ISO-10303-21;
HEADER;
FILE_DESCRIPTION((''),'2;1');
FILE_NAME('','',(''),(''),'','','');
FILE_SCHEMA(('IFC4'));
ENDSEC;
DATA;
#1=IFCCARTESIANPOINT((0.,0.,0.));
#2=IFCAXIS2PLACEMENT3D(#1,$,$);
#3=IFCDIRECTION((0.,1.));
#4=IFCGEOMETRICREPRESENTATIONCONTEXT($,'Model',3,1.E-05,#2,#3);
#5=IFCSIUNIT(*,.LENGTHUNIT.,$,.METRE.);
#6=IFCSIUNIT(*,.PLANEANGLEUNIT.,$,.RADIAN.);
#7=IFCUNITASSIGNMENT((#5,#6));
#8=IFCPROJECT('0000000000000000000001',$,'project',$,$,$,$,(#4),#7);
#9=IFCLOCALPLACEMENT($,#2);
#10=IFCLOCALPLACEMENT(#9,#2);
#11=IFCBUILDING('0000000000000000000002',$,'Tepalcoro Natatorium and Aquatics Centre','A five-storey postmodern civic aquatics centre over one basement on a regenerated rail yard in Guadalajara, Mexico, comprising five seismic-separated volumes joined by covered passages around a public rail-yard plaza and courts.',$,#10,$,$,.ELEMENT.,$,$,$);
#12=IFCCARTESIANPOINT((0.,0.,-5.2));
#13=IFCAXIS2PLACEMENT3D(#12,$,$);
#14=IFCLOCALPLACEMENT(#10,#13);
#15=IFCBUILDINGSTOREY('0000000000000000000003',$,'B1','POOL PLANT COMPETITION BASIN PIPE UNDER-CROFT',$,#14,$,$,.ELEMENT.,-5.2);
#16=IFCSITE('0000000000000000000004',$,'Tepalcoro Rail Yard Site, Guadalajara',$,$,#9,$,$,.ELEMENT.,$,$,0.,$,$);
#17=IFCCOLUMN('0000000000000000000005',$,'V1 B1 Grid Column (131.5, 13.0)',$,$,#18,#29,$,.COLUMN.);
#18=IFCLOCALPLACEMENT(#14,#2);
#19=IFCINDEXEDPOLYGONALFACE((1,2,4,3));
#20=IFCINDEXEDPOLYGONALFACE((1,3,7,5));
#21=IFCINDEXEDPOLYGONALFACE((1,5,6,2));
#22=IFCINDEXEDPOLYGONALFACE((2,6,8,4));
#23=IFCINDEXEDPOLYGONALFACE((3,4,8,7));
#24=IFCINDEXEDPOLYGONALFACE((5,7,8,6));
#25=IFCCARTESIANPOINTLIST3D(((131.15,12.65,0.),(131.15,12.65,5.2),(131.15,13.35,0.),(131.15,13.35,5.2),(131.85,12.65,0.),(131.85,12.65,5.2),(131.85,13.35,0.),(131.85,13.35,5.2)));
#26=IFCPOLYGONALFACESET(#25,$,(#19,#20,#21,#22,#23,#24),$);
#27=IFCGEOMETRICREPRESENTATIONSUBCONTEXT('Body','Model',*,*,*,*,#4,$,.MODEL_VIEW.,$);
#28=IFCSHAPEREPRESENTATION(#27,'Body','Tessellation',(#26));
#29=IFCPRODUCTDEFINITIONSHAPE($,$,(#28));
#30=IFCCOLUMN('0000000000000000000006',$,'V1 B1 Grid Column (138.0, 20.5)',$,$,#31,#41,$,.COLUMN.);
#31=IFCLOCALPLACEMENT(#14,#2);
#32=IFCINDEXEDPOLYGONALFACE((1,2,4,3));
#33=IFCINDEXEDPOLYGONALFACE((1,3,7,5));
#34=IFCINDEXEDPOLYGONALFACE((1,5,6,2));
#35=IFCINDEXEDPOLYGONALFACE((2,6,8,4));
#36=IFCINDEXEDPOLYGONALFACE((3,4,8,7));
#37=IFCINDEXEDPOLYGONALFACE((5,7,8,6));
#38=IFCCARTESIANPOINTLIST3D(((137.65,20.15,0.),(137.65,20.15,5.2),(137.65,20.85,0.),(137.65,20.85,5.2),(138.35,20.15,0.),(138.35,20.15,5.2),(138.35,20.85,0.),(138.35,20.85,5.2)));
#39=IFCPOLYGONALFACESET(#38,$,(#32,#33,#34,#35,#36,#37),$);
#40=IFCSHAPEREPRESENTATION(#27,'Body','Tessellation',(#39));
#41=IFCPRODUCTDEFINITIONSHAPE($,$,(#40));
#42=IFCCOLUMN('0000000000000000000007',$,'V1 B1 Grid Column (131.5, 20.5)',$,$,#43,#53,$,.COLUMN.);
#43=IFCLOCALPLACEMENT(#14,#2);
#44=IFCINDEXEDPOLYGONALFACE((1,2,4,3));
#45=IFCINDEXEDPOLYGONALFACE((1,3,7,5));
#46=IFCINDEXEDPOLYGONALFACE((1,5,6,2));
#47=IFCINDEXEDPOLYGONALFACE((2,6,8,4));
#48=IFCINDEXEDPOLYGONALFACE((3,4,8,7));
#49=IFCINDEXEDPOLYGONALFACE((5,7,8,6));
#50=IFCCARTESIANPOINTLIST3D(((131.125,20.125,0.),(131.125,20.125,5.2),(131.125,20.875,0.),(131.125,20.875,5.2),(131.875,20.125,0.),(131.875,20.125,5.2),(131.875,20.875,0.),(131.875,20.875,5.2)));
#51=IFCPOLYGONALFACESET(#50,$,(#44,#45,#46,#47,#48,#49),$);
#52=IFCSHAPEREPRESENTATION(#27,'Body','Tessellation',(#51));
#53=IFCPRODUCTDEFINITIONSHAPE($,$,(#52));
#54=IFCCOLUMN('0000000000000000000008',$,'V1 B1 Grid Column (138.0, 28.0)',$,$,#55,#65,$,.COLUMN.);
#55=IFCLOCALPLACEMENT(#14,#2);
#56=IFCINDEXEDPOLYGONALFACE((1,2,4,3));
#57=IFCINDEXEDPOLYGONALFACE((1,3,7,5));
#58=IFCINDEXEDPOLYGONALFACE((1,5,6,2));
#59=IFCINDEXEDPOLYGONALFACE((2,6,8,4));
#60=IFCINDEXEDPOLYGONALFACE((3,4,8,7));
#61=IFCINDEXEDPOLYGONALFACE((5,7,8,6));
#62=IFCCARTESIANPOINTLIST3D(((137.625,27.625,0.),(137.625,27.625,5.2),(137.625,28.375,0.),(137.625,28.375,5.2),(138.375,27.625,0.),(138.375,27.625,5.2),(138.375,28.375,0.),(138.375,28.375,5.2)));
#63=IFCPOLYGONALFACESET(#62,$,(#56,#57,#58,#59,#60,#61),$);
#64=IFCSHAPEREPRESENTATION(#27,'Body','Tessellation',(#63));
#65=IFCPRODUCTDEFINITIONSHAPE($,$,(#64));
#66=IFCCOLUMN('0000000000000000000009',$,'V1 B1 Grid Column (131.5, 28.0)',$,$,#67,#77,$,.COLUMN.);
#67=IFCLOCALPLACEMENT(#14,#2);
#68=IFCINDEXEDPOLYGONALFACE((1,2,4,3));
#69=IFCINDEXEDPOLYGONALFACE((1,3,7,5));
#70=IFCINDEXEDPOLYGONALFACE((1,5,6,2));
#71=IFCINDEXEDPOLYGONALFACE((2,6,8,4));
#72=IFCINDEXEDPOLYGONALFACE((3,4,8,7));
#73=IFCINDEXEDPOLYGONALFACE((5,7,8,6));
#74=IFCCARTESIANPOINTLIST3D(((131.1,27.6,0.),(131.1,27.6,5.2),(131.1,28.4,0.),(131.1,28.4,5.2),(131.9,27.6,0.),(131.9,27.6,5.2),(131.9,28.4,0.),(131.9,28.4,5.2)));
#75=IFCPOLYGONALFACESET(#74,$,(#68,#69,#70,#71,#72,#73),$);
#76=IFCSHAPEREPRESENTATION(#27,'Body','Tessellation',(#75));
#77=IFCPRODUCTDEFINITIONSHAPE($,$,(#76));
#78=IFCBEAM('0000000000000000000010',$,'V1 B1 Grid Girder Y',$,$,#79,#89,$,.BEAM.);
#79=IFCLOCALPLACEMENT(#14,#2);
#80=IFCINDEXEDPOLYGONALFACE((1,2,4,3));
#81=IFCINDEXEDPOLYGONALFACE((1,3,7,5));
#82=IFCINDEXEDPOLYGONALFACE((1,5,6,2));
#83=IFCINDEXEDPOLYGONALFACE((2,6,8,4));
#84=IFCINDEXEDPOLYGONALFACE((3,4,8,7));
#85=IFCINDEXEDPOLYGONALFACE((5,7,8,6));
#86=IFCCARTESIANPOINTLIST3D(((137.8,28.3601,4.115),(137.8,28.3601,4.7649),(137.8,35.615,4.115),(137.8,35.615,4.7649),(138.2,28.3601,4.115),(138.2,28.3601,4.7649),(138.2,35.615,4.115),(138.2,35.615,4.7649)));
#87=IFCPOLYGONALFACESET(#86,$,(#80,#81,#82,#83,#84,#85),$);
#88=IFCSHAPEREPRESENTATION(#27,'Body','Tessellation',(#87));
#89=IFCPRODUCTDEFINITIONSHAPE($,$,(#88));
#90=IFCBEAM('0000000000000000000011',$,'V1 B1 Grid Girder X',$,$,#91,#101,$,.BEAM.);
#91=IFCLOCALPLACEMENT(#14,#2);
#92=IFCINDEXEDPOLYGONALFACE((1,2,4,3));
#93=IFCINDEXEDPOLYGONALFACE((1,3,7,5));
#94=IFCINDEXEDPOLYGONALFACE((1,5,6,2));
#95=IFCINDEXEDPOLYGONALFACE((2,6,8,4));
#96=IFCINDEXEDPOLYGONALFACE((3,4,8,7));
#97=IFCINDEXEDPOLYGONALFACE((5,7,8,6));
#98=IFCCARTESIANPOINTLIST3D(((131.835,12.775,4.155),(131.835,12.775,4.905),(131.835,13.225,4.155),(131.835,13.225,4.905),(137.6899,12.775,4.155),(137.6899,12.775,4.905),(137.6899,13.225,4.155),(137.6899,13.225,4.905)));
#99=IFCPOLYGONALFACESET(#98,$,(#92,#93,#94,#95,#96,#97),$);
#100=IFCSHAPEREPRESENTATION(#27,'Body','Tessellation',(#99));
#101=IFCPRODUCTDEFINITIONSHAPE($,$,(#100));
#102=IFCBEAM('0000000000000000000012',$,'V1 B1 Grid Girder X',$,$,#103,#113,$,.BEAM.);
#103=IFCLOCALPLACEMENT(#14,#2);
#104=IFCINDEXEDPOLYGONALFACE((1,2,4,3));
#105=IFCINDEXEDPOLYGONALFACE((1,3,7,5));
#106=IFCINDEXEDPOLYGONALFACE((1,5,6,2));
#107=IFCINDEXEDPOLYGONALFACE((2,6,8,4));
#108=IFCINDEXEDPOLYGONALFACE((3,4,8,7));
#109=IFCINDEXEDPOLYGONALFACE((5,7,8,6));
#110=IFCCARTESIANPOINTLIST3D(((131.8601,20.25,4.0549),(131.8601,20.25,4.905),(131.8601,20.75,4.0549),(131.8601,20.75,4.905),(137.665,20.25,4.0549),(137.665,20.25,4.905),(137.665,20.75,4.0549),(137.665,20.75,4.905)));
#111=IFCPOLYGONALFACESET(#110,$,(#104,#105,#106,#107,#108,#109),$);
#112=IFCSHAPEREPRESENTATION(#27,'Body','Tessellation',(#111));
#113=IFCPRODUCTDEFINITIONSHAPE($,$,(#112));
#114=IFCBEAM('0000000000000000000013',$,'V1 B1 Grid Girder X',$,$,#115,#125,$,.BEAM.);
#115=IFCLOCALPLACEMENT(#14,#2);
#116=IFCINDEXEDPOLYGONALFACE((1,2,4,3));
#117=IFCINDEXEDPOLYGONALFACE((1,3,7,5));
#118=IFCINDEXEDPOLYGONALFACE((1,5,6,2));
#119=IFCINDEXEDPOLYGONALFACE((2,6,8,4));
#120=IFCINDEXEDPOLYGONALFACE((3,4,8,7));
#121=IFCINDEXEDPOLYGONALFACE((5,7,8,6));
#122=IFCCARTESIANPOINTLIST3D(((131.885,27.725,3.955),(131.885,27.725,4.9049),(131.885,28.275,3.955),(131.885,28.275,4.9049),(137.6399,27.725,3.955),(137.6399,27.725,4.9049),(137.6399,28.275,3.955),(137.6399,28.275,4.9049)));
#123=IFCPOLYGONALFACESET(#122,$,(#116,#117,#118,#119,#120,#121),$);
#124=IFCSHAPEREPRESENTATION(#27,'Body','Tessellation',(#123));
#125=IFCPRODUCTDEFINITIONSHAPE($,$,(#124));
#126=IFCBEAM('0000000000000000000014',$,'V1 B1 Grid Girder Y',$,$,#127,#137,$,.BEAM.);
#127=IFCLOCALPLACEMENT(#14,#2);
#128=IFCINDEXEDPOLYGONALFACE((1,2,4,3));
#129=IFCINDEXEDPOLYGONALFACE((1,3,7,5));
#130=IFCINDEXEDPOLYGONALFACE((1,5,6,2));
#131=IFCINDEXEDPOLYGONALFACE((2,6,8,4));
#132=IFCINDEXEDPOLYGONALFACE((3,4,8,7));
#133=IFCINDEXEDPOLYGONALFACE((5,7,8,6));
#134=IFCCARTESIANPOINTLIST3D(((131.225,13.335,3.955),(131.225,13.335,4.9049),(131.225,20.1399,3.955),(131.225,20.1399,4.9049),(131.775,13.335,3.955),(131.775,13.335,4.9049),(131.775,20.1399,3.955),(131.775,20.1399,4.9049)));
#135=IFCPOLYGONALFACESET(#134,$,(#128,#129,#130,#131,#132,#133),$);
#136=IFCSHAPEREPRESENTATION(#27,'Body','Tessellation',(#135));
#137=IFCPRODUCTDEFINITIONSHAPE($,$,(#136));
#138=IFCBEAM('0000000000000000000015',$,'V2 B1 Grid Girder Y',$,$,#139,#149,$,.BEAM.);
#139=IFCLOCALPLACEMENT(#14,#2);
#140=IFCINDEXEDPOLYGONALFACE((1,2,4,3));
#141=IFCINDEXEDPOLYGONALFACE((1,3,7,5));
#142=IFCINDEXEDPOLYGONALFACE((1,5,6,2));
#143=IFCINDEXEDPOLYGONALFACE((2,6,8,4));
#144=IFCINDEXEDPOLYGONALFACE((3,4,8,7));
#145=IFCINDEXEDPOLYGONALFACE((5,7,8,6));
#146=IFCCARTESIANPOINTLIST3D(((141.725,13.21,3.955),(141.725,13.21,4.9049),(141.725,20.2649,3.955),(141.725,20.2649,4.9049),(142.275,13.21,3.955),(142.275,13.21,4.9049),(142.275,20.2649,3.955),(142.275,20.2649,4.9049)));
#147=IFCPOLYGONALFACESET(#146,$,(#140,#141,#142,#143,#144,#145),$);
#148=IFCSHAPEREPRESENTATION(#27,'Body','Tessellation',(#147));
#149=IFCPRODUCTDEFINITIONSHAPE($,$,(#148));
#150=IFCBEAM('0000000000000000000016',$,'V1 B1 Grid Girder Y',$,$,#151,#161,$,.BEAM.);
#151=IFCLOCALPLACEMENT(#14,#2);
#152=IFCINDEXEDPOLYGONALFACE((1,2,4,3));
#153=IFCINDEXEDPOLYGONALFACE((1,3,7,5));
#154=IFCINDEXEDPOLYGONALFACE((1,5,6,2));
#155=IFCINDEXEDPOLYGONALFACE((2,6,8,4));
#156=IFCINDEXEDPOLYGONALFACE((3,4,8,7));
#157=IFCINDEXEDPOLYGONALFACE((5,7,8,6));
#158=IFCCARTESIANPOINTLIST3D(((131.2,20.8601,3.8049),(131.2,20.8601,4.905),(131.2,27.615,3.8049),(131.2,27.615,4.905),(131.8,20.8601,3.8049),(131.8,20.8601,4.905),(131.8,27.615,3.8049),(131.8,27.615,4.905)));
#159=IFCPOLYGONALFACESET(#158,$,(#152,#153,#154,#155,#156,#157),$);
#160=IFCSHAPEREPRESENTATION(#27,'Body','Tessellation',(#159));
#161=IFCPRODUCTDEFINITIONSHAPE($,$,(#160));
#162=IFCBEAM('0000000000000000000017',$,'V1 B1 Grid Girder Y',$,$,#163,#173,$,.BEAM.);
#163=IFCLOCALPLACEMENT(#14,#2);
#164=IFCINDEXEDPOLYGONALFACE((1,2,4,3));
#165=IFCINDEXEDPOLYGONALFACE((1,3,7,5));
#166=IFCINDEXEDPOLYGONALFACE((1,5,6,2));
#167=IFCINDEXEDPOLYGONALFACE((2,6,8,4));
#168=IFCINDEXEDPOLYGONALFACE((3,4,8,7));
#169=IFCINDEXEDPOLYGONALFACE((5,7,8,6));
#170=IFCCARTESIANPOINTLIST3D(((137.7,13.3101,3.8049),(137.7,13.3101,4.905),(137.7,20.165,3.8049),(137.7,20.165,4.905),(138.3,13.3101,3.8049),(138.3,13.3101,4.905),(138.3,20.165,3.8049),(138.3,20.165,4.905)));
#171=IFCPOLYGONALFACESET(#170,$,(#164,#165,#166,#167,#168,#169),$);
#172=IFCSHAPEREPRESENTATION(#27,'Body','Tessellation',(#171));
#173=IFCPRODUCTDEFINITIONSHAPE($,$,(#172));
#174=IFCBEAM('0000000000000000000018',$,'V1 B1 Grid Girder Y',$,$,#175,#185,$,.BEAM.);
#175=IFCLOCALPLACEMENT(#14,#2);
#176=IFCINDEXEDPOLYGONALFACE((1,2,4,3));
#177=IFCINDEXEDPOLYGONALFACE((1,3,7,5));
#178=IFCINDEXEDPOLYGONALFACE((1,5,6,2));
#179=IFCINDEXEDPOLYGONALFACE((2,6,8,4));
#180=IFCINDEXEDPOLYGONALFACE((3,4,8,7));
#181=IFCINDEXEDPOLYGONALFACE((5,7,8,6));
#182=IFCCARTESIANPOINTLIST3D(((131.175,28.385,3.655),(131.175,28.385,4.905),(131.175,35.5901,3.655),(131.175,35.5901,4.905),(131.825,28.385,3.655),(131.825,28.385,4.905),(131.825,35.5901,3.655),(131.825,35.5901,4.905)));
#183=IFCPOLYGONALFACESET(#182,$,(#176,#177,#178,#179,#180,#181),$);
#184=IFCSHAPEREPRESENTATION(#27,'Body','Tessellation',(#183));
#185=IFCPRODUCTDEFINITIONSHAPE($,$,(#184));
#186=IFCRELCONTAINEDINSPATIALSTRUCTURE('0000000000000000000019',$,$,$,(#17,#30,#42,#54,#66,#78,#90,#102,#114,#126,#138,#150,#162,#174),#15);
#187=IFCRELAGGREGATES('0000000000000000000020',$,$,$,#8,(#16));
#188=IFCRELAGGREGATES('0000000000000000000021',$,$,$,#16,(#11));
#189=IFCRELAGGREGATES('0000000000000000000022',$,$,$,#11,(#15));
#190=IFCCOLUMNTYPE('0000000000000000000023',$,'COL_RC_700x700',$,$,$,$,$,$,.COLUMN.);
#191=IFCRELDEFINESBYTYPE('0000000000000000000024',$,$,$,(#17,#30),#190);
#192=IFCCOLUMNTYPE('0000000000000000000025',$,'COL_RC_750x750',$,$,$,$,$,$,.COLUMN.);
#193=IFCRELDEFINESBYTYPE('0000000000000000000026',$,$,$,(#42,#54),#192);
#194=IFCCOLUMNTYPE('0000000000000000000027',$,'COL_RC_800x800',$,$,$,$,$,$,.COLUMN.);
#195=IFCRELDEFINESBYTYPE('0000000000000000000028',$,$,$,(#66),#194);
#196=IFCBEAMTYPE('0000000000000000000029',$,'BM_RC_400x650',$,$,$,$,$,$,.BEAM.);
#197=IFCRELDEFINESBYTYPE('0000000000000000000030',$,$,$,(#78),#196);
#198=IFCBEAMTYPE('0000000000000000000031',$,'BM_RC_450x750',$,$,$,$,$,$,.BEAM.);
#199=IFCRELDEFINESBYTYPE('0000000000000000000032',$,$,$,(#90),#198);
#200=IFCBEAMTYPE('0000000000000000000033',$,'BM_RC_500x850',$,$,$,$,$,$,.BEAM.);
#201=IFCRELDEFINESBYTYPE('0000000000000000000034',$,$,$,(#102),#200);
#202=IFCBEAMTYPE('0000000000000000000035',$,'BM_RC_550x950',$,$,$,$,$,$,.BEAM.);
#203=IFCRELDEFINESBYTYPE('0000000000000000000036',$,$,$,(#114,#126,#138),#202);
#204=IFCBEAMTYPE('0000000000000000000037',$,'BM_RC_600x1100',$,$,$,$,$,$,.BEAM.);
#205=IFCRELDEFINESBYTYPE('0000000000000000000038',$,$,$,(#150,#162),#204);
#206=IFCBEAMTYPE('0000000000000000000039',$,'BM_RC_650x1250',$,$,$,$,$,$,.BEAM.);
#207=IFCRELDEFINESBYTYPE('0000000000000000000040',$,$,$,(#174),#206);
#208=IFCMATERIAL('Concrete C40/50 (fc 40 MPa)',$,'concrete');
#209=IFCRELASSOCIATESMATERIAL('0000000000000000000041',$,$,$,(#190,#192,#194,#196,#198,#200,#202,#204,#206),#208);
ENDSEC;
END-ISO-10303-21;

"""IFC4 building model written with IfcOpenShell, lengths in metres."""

from ifc_helpers import new_model, si_unit, direction, frame, origin, origin_2d, place, context, subcontext, project, spatial, rectangle, extrude, material, material_profile, profile_set, type_object, element, save


model = new_model("IFC4")

# Units and contexts
model_context = context("Model", 3, precision=1e-05, world=origin(), true_north=direction((0.0, 1.0)))
body_context = subcontext(model_context, "Body", "Model", "MODEL_VIEW")
ifc_project = project(units=[si_unit("LENGTHUNIT", "METRE"), si_unit("PLANEANGLEUNIT", "RADIAN")], contexts=[model_context])

# Site, building, storey
site_placement = place(None, origin())
site = spatial("IfcSite", under=ifc_project, at=site_placement, Name="Tepalcoro Rail Yard Site, Guadalajara", CompositionType="ELEMENT", RefElevation=0.0)
building_placement = place(site_placement, origin())
building = spatial("IfcBuilding", under=site, at=building_placement, Name="Tepalcoro Natatorium and Aquatics Centre", Description="A five-storey postmodern civic aquatics centre over one basement on a regenerated rail yard in Guadalajara, Mexico, comprising five seismic-separated volumes joined by covered passages around a public rail-yard plaza and courts.", CompositionType="ELEMENT")
storey_placement = place(building_placement, frame((0.0, 0.0, -5.2)))
storey = spatial("IfcBuildingStorey", under=building, at=storey_placement, Name="B1", Description="POOL PLANT COMPETITION BASIN PIPE UNDER-CROFT", CompositionType="ELEMENT", Elevation=-5.2)

# Shared definitions
ifc_material = material(Name="Concrete C40/50 (fc 40 MPa)", Category="concrete")

# Columns
ifc_material_profile_1 = material_profile(ifc_material, rectangle(XDim=0.7, YDim=0.7, at=origin_2d()), Name="RC700x700")
ifc_profile_set_1 = profile_set([ifc_material_profile_1], Name="Concrete C40/50 (fc 40 MPa)")
column_type_1 = type_object("IfcColumnType", Name="COL_RC_700x700", PredefinedType="COLUMN", material=ifc_profile_set_1)
for number, where, z_axis, x_axis, name in (
    (1, (131.5, 13.0, 0.0), (0.0, 0.0, 1.0), (1.0, 0.0, 0.0), "V1 B1 Grid Column (131.5, 13.0)"),
    (2, (138.0, 20.5, 0.0), (0.0, 0.0, 1.0), (1.0, 0.0, 0.0), "V1 B1 Grid Column (138.0, 20.5)"),
):
    element("IfcColumn", number, at=place(storey_placement, frame(where, z_axis=z_axis, x_axis=x_axis)), inside=storey, type_object=column_type_1, Name=name, PredefinedType="COLUMN", context=body_context, shape_type="SweptSolid", body=[
        extrude(rectangle(XDim=0.7, YDim=0.7, at=origin_2d()), origin(), (0.0, 0.0, 1.0), 5.2),
    ])
ifc_material_profile_2 = material_profile(ifc_material, rectangle(XDim=0.75, YDim=0.75, at=origin_2d()), Name="RC750x750")
ifc_profile_set_2 = profile_set([ifc_material_profile_2], Name="Concrete C40/50 (fc 40 MPa)")
column_type_2 = type_object("IfcColumnType", Name="COL_RC_750x750", PredefinedType="COLUMN", material=ifc_profile_set_2)
for number, where, z_axis, x_axis, name in (
    (3, (131.5, 20.5, 0.0), (0.0, 0.0, 1.0), (1.0, 0.0, 0.0), "V1 B1 Grid Column (131.5, 20.5)"),
    (4, (138.0, 28.0, 0.0), (0.0, 0.0, 1.0), (1.0, 0.0, 0.0), "V1 B1 Grid Column (138.0, 28.0)"),
):
    element("IfcColumn", number, at=place(storey_placement, frame(where, z_axis=z_axis, x_axis=x_axis)), inside=storey, type_object=column_type_2, Name=name, PredefinedType="COLUMN", context=body_context, shape_type="SweptSolid", body=[
        extrude(rectangle(XDim=0.75, YDim=0.75, at=origin_2d()), origin(), (0.0, 0.0, 1.0), 5.2),
    ])
ifc_material_profile_3 = material_profile(ifc_material, rectangle(XDim=0.8, YDim=0.8, at=origin_2d()), Name="RC800x800")
ifc_profile_set_3 = profile_set([ifc_material_profile_3], Name="Concrete C40/50 (fc 40 MPa)")
column_type_3 = type_object("IfcColumnType", Name="COL_RC_800x800", PredefinedType="COLUMN", material=ifc_profile_set_3)
column_1_placement = place(storey_placement, frame((131.5, 28.0, 0.0), z_axis=(0.0, 0.0, 1.0), x_axis=(1.0, 0.0, 0.0)))
element("IfcColumn", 5, at=column_1_placement, inside=storey, type_object=column_type_3, Name="V1 B1 Grid Column (131.5, 28.0)", PredefinedType="COLUMN", context=body_context, shape_type="SweptSolid", body=[
    extrude(rectangle(XDim=0.8, YDim=0.8, at=origin_2d()), origin(), (0.0, 0.0, 1.0), 5.2),
])

# Beams
ifc_material_profile_4 = material_profile(ifc_material, rectangle(XDim=0.3999, YDim=0.6499, at=origin_2d()), Name="RCB400x650")
ifc_profile_set_4 = profile_set([ifc_material_profile_4], Name="Concrete C40/50 (fc 40 MPa)")
beam_type_1 = type_object("IfcBeamType", Name="BM_RC_400x650", PredefinedType="BEAM", material=ifc_profile_set_4)
beam_1_placement = place(storey_placement, frame((138.0, 28.3601, 4.4399), z_axis=(0.0, 1.0, 0.0), x_axis=(-1.0, 0.0, 0.0)))
element("IfcBeam", 6, at=beam_1_placement, inside=storey, type_object=beam_type_1, Name="V1 B1 Grid Girder Y", PredefinedType="BEAM", context=body_context, shape_type="SweptSolid", body=[
    extrude(rectangle(XDim=0.3999, YDim=0.6499, at=origin_2d()), origin(), (0.0, 0.0, 1.0), 7.2549),
])
ifc_material_profile_5 = material_profile(ifc_material, rectangle(XDim=0.45, YDim=0.75, at=origin_2d()), Name="RCB450x750")
ifc_profile_set_5 = profile_set([ifc_material_profile_5], Name="Concrete C40/50 (fc 40 MPa)")
beam_type_2 = type_object("IfcBeamType", Name="BM_RC_450x750", PredefinedType="BEAM", material=ifc_profile_set_5)
beam_2_placement = place(storey_placement, frame((131.835, 13.0, 4.53), z_axis=(1.0, 0.0, 0.0), x_axis=(0.0, 1.0, 0.0)))
element("IfcBeam", 7, at=beam_2_placement, inside=storey, type_object=beam_type_2, Name="V1 B1 Grid Girder X", PredefinedType="BEAM", context=body_context, shape_type="SweptSolid", body=[
    extrude(rectangle(XDim=0.45, YDim=0.75, at=origin_2d()), origin(), (0.0, 0.0, 1.0), 5.855),
])
ifc_material_profile_6 = material_profile(ifc_material, rectangle(XDim=0.5, YDim=0.8501, at=origin_2d()), Name="RCB500x850")
ifc_profile_set_6 = profile_set([ifc_material_profile_6], Name="Concrete C40/50 (fc 40 MPa)")
beam_type_3 = type_object("IfcBeamType", Name="BM_RC_500x850", PredefinedType="BEAM", material=ifc_profile_set_6)
beam_3_placement = place(storey_placement, frame((131.8601, 20.5, 4.48), z_axis=(1.0, 0.0, 0.0), x_axis=(0.0, 1.0, 0.0)))
element("IfcBeam", 8, at=beam_3_placement, inside=storey, type_object=beam_type_3, Name="V1 B1 Grid Girder X", PredefinedType="BEAM", context=body_context, shape_type="SweptSolid", body=[
    extrude(rectangle(XDim=0.5, YDim=0.8501, at=origin_2d()), origin(), (0.0, 0.0, 1.0), 5.8049),
])
ifc_material_profile_7 = material_profile(ifc_material, rectangle(XDim=0.55, YDim=0.95, at=origin_2d()), Name="RCB550x950")
ifc_profile_set_7 = profile_set([ifc_material_profile_7], Name="Concrete C40/50 (fc 40 MPa)")
beam_type_4 = type_object("IfcBeamType", Name="BM_RC_550x950", PredefinedType="BEAM", material=ifc_profile_set_7)
beam_4_placement = place(storey_placement, frame((131.885, 28.0, 4.4299), z_axis=(1.0, 0.0, 0.0), x_axis=(0.0, 1.0, 0.0)))
element("IfcBeam", 9, at=beam_4_placement, inside=storey, type_object=beam_type_4, Name="V1 B1 Grid Girder X", PredefinedType="BEAM", context=body_context, shape_type="SweptSolid", body=[
    extrude(rectangle(XDim=0.55, YDim=0.95, at=origin_2d()), origin(), (0.0, 0.0, 1.0), 5.7549),
])
beam_5_placement = place(storey_placement, frame((131.5, 13.335, 4.4299), z_axis=(0.0, 1.0, 0.0), x_axis=(-1.0, 0.0, 0.0)))
element("IfcBeam", 10, at=beam_5_placement, inside=storey, type_object=beam_type_4, Name="V1 B1 Grid Girder Y", PredefinedType="BEAM", context=body_context, shape_type="SweptSolid", body=[
    extrude(rectangle(XDim=0.55, YDim=0.95, at=origin_2d()), origin(), (0.0, 0.0, 1.0), 6.8049),
])
beam_6_placement = place(storey_placement, frame((142.0, 13.21, 4.4299), z_axis=(0.0, 1.0, 0.0), x_axis=(-1.0, 0.0, 0.0)))
element("IfcBeam", 11, at=beam_6_placement, inside=storey, type_object=beam_type_4, Name="V2 B1 Grid Girder Y", PredefinedType="BEAM", context=body_context, shape_type="SweptSolid", body=[
    extrude(rectangle(XDim=0.55, YDim=0.95, at=origin_2d()), origin(), (0.0, 0.0, 1.0), 7.0549),
])
ifc_material_profile_8 = material_profile(ifc_material, rectangle(XDim=0.6001, YDim=1.1001, at=origin_2d()), Name="RCB600x1100")
ifc_profile_set_8 = profile_set([ifc_material_profile_8], Name="Concrete C40/50 (fc 40 MPa)")
beam_type_5 = type_object("IfcBeamType", Name="BM_RC_600x1100", PredefinedType="BEAM", material=ifc_profile_set_8)
beam_7_placement = place(storey_placement, frame((131.5, 20.8601, 4.355), z_axis=(0.0, 1.0, 0.0), x_axis=(-1.0, 0.0, 0.0)))
element("IfcBeam", 12, at=beam_7_placement, inside=storey, type_object=beam_type_5, Name="V1 B1 Grid Girder Y", PredefinedType="BEAM", context=body_context, shape_type="SweptSolid", body=[
    extrude(rectangle(XDim=0.6001, YDim=1.1001, at=origin_2d()), origin(), (0.0, 0.0, 1.0), 6.7549),
])
beam_8_placement = place(storey_placement, frame((138.0, 13.3101, 4.355), z_axis=(0.0, 1.0, 0.0), x_axis=(-1.0, 0.0, 0.0)))
element("IfcBeam", 13, at=beam_8_placement, inside=storey, type_object=beam_type_5, Name="V1 B1 Grid Girder Y", PredefinedType="BEAM", context=body_context, shape_type="SweptSolid", body=[
    extrude(rectangle(XDim=0.6001, YDim=1.1001, at=origin_2d()), origin(), (0.0, 0.0, 1.0), 6.855),
])
ifc_material_profile_9 = material_profile(ifc_material, rectangle(XDim=0.6499, YDim=1.25, at=origin_2d()), Name="RCB650x1250")
ifc_profile_set_9 = profile_set([ifc_material_profile_9], Name="Concrete C40/50 (fc 40 MPa)")
beam_type_6 = type_object("IfcBeamType", Name="BM_RC_650x1250", PredefinedType="BEAM", material=ifc_profile_set_9)
beam_9_placement = place(storey_placement, frame((131.5, 28.385, 4.28), z_axis=(0.0, 1.0, 0.0), x_axis=(-1.0, 0.0, 0.0)))
element("IfcBeam", 14, at=beam_9_placement, inside=storey, type_object=beam_type_6, Name="V1 B1 Grid Girder Y", PredefinedType="BEAM", context=body_context, shape_type="SweptSolid", body=[
    extrude(rectangle(XDim=0.6499, YDim=1.25, at=origin_2d()), origin(), (0.0, 0.0, 1.0), 7.2051),
])

save(model, "model.ifc")
